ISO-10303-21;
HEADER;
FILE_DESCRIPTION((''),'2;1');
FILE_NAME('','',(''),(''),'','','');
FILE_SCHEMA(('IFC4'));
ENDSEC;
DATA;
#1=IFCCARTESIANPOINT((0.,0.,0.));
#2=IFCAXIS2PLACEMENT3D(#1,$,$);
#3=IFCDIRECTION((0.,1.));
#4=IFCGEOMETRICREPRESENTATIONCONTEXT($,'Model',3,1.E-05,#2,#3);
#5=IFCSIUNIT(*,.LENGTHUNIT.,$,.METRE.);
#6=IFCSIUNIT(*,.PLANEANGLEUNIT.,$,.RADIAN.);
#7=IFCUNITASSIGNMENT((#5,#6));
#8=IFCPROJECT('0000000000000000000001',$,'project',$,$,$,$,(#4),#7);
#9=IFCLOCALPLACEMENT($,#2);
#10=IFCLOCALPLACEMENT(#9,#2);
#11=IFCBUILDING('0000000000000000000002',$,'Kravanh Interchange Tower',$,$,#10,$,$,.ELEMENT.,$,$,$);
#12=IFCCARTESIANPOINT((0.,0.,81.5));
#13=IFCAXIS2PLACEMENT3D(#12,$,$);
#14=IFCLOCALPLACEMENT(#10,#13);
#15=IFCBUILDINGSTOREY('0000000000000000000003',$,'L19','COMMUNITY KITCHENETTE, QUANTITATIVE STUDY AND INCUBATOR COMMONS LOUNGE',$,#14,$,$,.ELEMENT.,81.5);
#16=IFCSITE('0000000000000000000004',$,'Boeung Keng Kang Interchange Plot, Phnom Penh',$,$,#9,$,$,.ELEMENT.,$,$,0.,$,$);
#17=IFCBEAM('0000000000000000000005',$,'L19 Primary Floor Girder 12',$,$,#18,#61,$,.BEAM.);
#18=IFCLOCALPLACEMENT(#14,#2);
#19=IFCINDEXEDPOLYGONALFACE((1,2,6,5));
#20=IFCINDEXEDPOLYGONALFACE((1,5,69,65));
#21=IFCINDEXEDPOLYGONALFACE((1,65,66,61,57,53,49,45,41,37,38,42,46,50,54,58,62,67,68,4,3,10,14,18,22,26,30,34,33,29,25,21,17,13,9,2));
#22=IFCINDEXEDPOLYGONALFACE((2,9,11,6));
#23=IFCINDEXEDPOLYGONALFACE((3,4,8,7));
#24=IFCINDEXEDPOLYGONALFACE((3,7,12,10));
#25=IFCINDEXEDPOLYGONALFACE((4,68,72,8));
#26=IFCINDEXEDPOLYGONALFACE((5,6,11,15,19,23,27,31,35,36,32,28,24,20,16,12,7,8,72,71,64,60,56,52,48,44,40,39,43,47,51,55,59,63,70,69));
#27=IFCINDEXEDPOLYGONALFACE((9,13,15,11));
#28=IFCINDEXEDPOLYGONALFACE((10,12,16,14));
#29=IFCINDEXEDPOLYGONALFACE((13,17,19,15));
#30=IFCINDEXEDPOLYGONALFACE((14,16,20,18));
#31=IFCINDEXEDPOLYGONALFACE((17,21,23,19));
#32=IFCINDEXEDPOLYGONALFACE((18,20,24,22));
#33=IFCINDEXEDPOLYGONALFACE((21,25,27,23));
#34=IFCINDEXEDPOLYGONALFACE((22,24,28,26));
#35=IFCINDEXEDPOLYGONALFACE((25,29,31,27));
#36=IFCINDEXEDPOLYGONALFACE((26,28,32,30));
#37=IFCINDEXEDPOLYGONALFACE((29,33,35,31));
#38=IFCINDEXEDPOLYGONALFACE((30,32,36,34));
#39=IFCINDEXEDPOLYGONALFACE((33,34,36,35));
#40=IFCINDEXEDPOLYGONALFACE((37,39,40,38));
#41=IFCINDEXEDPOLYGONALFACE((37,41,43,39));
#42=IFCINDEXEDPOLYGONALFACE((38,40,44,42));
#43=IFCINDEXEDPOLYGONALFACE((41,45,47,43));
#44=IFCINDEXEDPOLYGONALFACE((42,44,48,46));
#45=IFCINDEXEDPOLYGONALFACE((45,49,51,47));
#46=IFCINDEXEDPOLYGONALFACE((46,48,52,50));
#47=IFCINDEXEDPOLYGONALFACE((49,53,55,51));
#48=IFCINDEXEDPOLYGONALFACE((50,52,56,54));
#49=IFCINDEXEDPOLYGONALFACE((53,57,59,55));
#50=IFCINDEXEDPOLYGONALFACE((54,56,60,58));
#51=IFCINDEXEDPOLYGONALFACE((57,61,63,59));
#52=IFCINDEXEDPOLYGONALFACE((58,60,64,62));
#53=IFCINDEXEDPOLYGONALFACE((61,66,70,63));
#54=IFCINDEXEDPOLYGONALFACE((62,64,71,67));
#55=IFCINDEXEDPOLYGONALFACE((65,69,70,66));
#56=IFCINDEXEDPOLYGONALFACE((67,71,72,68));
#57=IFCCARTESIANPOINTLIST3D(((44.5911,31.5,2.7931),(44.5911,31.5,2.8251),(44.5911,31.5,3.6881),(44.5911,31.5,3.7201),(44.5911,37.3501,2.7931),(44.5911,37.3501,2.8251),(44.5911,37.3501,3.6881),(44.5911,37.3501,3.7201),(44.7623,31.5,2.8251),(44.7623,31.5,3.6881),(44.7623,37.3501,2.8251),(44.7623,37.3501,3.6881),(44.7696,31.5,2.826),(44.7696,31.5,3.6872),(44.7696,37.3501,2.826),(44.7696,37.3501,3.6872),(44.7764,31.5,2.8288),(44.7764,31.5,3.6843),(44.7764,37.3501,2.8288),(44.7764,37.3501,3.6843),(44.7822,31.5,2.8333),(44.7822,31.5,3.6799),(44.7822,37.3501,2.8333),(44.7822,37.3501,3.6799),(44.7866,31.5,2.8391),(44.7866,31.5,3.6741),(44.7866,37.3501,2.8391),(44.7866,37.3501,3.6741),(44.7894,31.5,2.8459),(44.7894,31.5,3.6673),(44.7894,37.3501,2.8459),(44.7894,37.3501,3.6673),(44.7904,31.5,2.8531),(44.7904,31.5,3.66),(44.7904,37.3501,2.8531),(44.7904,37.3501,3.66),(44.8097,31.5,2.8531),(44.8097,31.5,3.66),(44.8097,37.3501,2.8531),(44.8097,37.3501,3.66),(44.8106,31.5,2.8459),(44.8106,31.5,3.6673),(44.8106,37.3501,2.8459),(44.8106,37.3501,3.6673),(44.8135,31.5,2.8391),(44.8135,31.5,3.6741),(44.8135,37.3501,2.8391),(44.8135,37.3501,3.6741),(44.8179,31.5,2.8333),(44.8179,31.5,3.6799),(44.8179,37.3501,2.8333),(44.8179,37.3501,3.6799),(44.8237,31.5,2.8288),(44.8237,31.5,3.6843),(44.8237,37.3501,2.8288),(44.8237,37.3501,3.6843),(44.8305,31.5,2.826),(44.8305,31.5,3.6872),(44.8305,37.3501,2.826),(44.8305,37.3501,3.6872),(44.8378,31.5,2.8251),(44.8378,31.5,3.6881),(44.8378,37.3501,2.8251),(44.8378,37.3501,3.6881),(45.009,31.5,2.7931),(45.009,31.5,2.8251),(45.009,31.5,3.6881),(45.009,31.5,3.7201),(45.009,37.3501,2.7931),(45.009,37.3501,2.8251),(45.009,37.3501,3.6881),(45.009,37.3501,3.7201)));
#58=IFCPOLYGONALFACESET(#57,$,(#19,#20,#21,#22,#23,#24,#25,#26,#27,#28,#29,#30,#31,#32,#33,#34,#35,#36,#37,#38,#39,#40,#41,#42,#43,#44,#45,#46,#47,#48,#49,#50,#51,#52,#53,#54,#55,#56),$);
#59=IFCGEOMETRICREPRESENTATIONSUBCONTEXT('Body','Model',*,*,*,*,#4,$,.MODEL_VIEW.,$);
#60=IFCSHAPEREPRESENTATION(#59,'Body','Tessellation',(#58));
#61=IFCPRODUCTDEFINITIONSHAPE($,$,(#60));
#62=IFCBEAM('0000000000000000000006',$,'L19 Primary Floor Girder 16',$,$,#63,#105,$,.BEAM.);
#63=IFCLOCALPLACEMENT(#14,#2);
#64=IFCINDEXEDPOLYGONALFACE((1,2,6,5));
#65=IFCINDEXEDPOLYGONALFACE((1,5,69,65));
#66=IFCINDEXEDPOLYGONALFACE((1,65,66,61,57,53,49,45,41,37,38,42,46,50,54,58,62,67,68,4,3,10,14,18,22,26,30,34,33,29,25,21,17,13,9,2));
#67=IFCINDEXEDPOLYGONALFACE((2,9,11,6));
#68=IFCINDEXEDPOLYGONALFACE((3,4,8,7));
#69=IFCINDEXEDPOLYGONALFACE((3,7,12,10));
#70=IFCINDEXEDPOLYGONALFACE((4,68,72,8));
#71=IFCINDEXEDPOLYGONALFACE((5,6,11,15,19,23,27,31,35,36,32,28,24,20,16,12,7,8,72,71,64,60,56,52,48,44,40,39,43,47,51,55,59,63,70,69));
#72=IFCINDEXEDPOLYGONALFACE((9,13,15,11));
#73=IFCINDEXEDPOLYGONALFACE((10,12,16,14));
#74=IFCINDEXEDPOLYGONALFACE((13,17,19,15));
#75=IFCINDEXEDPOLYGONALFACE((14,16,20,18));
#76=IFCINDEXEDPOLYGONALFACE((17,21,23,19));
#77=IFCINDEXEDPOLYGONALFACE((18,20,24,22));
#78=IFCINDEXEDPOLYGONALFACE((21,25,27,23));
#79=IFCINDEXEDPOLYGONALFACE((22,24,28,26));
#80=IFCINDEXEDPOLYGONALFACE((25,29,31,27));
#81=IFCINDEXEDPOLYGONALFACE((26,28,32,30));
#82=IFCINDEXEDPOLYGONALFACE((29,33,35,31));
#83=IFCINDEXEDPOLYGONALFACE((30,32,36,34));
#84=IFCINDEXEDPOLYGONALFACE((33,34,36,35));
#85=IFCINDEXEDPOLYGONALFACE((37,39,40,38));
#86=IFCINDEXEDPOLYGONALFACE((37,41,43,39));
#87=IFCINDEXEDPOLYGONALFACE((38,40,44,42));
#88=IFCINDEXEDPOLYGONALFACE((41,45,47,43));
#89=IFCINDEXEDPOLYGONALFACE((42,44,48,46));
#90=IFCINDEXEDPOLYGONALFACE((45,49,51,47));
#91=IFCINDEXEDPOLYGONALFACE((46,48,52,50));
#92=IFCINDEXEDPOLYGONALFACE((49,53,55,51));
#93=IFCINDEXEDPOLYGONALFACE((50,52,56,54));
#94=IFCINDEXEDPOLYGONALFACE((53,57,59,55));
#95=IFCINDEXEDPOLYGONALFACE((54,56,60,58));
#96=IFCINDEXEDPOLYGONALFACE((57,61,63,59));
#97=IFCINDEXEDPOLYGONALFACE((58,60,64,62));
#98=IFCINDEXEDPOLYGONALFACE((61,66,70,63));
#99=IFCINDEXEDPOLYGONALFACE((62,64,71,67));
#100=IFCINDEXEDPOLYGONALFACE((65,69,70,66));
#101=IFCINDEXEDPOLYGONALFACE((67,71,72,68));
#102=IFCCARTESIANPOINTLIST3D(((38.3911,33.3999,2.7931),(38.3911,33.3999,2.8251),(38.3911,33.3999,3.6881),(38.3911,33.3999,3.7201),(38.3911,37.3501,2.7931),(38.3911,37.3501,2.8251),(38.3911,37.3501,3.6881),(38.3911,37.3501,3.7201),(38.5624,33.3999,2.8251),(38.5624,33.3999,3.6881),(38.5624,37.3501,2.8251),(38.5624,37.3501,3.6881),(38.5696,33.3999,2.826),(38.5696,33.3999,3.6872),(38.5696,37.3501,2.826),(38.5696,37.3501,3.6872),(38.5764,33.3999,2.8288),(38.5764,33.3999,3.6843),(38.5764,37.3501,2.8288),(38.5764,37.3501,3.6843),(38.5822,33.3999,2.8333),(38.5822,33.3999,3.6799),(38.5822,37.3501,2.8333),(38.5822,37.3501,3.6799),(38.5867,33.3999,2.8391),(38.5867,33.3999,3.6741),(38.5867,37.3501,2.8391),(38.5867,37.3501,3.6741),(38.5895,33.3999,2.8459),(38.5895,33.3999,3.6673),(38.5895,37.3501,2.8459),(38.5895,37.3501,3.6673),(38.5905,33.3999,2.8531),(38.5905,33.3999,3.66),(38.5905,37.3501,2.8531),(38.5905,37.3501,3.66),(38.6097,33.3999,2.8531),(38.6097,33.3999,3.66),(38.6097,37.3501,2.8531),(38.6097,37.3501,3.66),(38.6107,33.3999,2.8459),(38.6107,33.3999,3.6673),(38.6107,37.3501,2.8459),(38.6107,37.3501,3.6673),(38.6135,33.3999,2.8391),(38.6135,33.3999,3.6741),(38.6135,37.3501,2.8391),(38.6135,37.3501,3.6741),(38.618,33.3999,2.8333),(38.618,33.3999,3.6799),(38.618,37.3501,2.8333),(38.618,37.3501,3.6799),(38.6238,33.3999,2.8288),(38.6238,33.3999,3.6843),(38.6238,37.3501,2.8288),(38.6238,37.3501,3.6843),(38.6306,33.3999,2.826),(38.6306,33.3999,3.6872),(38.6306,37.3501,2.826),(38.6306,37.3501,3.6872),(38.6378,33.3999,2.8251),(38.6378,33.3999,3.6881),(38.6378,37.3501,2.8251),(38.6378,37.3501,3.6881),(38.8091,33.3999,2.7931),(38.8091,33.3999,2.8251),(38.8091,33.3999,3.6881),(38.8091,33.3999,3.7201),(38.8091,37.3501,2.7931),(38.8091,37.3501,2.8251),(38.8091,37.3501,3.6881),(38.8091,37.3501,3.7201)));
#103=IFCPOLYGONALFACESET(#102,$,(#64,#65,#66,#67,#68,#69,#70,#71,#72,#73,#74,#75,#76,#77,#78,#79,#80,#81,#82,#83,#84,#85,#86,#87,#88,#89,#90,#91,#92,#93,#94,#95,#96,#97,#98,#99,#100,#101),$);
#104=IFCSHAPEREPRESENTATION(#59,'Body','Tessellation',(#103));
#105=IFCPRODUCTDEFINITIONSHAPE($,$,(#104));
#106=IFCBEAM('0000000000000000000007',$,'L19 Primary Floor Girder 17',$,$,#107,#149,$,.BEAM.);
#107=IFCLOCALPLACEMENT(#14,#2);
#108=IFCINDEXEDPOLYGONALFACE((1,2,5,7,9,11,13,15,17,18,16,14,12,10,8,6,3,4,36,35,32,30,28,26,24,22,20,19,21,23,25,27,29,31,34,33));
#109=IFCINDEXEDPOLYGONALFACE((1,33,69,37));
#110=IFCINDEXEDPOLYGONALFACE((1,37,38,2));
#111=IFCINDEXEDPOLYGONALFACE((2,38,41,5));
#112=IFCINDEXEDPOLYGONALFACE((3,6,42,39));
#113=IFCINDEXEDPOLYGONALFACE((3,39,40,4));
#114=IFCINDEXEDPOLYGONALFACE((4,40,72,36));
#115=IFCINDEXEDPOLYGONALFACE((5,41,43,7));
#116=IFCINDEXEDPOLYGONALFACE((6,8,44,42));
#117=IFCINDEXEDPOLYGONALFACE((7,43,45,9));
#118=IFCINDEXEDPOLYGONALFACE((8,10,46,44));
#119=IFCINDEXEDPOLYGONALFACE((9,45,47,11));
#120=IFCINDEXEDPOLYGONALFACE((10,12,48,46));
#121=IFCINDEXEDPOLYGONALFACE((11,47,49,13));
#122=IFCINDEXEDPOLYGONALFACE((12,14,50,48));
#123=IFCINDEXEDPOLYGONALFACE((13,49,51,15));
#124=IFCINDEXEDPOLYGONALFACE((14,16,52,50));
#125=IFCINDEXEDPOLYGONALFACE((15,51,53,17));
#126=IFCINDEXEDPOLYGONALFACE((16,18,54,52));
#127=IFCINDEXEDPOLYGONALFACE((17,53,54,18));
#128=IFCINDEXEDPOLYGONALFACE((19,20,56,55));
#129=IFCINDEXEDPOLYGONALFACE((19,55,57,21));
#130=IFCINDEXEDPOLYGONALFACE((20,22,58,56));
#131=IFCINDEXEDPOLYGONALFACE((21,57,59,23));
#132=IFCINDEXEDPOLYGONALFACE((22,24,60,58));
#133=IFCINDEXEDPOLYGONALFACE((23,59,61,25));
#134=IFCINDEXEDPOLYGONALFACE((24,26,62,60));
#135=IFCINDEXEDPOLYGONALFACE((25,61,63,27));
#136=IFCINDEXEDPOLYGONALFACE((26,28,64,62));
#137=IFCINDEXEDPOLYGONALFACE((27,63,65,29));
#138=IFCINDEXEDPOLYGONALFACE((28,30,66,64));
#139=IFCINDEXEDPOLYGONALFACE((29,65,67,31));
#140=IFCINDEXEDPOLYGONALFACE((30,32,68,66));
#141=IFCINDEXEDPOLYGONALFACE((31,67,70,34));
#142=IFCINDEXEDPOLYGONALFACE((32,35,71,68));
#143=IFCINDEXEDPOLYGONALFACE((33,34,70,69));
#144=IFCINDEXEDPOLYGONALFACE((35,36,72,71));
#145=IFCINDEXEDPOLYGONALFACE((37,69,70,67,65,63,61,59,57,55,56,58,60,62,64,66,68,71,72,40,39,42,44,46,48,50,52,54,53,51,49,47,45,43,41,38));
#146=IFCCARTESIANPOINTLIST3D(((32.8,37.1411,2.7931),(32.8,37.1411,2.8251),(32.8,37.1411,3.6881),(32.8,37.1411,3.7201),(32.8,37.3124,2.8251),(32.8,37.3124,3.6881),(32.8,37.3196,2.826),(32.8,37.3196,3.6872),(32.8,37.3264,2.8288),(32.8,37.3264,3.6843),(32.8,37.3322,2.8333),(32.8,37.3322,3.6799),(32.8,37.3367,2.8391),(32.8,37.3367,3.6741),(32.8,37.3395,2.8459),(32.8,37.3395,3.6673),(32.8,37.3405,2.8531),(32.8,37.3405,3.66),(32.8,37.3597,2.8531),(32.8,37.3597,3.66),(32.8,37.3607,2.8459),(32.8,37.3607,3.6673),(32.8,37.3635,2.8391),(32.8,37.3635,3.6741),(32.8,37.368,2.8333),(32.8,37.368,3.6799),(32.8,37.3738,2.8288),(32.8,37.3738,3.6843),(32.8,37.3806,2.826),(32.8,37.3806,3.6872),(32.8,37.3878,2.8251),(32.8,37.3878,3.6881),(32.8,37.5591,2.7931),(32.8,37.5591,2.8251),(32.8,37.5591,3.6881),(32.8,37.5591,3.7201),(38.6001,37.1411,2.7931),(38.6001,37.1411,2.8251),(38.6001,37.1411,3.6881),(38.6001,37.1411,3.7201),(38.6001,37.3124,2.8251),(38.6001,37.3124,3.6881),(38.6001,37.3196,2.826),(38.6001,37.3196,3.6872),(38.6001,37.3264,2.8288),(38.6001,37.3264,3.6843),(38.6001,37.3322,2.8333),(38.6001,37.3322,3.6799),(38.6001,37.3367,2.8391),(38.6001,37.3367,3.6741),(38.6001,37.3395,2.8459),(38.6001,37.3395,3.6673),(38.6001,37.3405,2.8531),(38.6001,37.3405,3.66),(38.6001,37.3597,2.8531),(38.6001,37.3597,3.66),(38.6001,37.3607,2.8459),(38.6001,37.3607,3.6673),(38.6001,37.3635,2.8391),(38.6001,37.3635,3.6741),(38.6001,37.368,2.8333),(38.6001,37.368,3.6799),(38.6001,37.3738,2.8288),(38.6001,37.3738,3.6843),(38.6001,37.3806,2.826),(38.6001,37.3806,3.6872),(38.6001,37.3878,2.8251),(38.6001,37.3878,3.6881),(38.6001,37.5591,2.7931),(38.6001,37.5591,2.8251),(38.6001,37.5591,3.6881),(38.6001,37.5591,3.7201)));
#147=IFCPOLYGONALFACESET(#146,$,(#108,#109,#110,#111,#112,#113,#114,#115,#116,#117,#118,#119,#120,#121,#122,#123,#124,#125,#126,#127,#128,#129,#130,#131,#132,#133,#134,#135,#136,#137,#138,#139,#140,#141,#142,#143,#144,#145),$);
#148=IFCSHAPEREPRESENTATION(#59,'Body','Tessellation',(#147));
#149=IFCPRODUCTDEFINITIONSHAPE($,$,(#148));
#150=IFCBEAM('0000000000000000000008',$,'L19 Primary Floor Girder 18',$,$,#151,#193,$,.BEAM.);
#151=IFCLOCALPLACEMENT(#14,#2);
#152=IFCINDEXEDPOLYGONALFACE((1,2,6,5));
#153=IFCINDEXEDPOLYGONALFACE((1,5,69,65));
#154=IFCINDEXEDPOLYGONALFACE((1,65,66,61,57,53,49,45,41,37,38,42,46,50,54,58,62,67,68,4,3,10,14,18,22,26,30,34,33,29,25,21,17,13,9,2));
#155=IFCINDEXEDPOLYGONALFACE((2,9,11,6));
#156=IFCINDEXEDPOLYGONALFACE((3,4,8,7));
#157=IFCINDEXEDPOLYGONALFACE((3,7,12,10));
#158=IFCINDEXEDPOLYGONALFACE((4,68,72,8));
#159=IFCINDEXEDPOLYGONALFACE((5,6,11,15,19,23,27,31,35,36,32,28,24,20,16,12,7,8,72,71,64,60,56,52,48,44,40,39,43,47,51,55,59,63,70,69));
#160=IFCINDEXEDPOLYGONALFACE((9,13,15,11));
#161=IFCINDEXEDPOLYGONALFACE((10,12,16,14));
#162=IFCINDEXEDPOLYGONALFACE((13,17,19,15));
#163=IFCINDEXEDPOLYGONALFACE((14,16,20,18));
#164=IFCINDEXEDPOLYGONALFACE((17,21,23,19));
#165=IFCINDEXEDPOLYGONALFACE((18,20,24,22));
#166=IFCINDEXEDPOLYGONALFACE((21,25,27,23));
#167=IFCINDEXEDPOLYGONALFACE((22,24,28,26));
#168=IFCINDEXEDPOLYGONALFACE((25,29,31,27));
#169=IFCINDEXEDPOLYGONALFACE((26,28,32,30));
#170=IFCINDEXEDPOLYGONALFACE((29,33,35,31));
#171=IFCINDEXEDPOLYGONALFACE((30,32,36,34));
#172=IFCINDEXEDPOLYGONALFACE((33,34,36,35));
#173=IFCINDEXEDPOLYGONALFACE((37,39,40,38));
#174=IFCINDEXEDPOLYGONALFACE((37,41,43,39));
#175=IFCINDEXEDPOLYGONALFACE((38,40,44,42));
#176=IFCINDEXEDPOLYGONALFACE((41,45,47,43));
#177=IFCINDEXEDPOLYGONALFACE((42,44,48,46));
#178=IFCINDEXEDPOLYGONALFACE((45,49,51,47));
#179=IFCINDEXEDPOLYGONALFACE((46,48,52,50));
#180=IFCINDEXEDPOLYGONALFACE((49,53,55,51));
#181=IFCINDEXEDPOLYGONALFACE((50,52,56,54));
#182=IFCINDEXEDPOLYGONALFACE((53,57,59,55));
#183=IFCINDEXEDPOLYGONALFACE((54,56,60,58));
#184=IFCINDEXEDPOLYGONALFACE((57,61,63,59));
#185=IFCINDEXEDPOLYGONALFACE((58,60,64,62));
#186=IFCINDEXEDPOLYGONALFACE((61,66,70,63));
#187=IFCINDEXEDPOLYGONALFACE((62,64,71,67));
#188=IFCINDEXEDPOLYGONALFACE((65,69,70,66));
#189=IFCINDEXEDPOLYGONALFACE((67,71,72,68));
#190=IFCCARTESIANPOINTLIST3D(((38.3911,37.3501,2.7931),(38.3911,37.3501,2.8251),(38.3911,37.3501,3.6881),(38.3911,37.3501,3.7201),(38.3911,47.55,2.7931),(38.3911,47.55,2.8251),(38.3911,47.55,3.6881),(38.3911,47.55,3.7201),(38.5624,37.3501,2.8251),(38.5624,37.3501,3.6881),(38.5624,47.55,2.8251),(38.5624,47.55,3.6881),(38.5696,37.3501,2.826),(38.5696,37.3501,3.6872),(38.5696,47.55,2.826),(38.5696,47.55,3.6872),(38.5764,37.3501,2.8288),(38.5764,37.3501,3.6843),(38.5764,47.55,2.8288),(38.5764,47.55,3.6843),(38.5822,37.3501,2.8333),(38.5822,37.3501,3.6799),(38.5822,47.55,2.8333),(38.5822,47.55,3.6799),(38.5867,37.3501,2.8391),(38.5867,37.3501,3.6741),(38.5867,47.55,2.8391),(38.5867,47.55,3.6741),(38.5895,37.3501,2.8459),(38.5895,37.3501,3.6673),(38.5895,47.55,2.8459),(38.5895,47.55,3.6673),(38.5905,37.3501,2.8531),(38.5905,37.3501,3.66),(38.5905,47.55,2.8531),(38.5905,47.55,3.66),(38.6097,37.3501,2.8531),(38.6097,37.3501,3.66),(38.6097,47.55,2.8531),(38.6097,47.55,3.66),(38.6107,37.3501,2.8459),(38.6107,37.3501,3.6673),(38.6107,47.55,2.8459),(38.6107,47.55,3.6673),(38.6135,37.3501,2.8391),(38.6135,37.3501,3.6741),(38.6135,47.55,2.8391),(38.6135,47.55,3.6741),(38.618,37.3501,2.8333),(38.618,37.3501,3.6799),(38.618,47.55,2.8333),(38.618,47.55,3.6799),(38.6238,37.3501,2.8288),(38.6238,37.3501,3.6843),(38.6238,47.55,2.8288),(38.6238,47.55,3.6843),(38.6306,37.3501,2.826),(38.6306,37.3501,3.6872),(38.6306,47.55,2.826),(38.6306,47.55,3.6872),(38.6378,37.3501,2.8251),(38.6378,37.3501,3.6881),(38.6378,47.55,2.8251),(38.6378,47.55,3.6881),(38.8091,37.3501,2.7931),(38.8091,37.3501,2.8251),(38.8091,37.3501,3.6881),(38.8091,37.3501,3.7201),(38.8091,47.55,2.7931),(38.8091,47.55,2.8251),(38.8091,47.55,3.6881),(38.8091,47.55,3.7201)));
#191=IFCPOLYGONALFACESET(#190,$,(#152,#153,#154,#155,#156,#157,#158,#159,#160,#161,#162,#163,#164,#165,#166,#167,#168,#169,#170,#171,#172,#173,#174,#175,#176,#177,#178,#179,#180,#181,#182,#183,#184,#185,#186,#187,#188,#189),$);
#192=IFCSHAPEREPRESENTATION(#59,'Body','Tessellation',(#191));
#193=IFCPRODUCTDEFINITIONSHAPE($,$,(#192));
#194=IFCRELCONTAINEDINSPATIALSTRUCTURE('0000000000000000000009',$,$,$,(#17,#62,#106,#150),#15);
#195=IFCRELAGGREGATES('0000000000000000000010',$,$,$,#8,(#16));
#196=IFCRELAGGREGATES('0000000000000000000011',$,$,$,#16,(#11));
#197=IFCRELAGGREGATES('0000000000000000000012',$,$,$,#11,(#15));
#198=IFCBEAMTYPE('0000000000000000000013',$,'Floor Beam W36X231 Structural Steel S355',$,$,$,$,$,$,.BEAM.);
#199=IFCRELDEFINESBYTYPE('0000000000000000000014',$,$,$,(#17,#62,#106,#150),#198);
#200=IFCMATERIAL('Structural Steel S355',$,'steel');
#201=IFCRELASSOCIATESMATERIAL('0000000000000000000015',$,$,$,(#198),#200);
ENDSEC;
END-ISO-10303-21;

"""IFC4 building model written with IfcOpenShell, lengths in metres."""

from ifc_helpers import new_model, si_unit, direction, frame, origin, origin_2d, place, context, subcontext, project, spatial, i_section, extrude, material, material_profile, profile_set, type_object, element, save


model = new_model("IFC4")

# Units and contexts
model_context = context("Model", 3, precision=1e-05, world=origin(), true_north=direction((0.0, 1.0)))
body_context = subcontext(model_context, "Body", "Model", "MODEL_VIEW")
ifc_project = project(units=[si_unit("LENGTHUNIT", "METRE"), si_unit("PLANEANGLEUNIT", "RADIAN")], contexts=[model_context])

# Site, building, storey
site_placement = place(None, origin())
site = spatial("IfcSite", under=ifc_project, at=site_placement, Name="Boeung Keng Kang Interchange Plot, Phnom Penh", CompositionType="ELEMENT", RefElevation=0.0)
building_placement = place(site_placement, origin())
building = spatial("IfcBuilding", under=site, at=building_placement, Name="Kravanh Interchange Tower", CompositionType="ELEMENT")
storey_placement = place(building_placement, frame((0.0, 0.0, 81.5)))
storey = spatial("IfcBuildingStorey", under=building, at=storey_placement, Name="L19", Description="COMMUNITY KITCHENETTE, QUANTITATIVE STUDY AND INCUBATOR COMMONS LOUNGE", CompositionType="ELEMENT", Elevation=81.5)

# Beams
ifc_material_1 = material(Name="Structural Steel S355", Category="steel")
ifc_material_profile_1 = material_profile(ifc_material_1, i_section(OverallWidth=0.418, OverallDepth=0.927, WebThickness=0.0193, FlangeThickness=0.032, FilletRadius=0.0281, at=origin_2d()), Name="W36X231")
ifc_profile_set_1 = profile_set([ifc_material_profile_1], Name="Structural Steel S355")
beam_type_1 = type_object("IfcBeamType", Name="Floor Beam W36X231 Structural Steel S355", PredefinedType="BEAM", material=ifc_profile_set_1)
beam_1_placement = place(storey_placement, frame((44.8, 37.3501, 3.2566), z_axis=(0.0, -1.0, 0.0), x_axis=(1.0, 0.0, 0.0)))
element("IfcBeam", 1, at=beam_1_placement, inside=storey, type_object=beam_type_1, Name="L19 Primary Floor Girder 12", PredefinedType="BEAM", context=body_context, shape_type="SweptSolid", body=[
    extrude(i_section(OverallWidth=0.418, OverallDepth=0.927, WebThickness=0.0193, FlangeThickness=0.032, FilletRadius=0.0281, at=origin_2d()), origin(), (0.0, 0.0, 1.0), 5.8501),
])
beam_2_placement = place(storey_placement, frame((38.6001, 37.3501, 3.2566), z_axis=(0.0, -1.0, 0.0), x_axis=(1.0, 0.0, 0.0)))
element("IfcBeam", 2, at=beam_2_placement, inside=storey, type_object=beam_type_1, Name="L19 Primary Floor Girder 16", PredefinedType="BEAM", context=body_context, shape_type="SweptSolid", body=[
    extrude(i_section(OverallWidth=0.418, OverallDepth=0.927, WebThickness=0.0193, FlangeThickness=0.032, FilletRadius=0.0281, at=origin_2d()), origin(), (0.0, 0.0, 1.0), 3.9502),
])
beam_3_placement = place(storey_placement, frame((38.6001, 37.3501, 3.2566), z_axis=(-1.0, 0.0, 0.0), x_axis=(0.0, -1.0, 0.0)))
element("IfcBeam", 3, at=beam_3_placement, inside=storey, type_object=beam_type_1, Name="L19 Primary Floor Girder 17", PredefinedType="BEAM", context=body_context, shape_type="SweptSolid", body=[
    extrude(i_section(OverallWidth=0.418, OverallDepth=0.927, WebThickness=0.0193, FlangeThickness=0.032, FilletRadius=0.0281, at=origin_2d()), origin(), (0.0, 0.0, 1.0), 5.8),
])
beam_4_placement = place(storey_placement, frame((38.6001, 37.3501, 3.2566), z_axis=(0.0, 1.0, 0.0), x_axis=(-1.0, 0.0, 0.0)))
element("IfcBeam", 4, at=beam_4_placement, inside=storey, type_object=beam_type_1, Name="L19 Primary Floor Girder 18", PredefinedType="BEAM", context=body_context, shape_type="SweptSolid", body=[
    extrude(i_section(OverallWidth=0.418, OverallDepth=0.927, WebThickness=0.0193, FlangeThickness=0.032, FilletRadius=0.0281, at=origin_2d()), origin(), (0.0, 0.0, 1.0), 10.2),
])

save(model, "model.ifc")
